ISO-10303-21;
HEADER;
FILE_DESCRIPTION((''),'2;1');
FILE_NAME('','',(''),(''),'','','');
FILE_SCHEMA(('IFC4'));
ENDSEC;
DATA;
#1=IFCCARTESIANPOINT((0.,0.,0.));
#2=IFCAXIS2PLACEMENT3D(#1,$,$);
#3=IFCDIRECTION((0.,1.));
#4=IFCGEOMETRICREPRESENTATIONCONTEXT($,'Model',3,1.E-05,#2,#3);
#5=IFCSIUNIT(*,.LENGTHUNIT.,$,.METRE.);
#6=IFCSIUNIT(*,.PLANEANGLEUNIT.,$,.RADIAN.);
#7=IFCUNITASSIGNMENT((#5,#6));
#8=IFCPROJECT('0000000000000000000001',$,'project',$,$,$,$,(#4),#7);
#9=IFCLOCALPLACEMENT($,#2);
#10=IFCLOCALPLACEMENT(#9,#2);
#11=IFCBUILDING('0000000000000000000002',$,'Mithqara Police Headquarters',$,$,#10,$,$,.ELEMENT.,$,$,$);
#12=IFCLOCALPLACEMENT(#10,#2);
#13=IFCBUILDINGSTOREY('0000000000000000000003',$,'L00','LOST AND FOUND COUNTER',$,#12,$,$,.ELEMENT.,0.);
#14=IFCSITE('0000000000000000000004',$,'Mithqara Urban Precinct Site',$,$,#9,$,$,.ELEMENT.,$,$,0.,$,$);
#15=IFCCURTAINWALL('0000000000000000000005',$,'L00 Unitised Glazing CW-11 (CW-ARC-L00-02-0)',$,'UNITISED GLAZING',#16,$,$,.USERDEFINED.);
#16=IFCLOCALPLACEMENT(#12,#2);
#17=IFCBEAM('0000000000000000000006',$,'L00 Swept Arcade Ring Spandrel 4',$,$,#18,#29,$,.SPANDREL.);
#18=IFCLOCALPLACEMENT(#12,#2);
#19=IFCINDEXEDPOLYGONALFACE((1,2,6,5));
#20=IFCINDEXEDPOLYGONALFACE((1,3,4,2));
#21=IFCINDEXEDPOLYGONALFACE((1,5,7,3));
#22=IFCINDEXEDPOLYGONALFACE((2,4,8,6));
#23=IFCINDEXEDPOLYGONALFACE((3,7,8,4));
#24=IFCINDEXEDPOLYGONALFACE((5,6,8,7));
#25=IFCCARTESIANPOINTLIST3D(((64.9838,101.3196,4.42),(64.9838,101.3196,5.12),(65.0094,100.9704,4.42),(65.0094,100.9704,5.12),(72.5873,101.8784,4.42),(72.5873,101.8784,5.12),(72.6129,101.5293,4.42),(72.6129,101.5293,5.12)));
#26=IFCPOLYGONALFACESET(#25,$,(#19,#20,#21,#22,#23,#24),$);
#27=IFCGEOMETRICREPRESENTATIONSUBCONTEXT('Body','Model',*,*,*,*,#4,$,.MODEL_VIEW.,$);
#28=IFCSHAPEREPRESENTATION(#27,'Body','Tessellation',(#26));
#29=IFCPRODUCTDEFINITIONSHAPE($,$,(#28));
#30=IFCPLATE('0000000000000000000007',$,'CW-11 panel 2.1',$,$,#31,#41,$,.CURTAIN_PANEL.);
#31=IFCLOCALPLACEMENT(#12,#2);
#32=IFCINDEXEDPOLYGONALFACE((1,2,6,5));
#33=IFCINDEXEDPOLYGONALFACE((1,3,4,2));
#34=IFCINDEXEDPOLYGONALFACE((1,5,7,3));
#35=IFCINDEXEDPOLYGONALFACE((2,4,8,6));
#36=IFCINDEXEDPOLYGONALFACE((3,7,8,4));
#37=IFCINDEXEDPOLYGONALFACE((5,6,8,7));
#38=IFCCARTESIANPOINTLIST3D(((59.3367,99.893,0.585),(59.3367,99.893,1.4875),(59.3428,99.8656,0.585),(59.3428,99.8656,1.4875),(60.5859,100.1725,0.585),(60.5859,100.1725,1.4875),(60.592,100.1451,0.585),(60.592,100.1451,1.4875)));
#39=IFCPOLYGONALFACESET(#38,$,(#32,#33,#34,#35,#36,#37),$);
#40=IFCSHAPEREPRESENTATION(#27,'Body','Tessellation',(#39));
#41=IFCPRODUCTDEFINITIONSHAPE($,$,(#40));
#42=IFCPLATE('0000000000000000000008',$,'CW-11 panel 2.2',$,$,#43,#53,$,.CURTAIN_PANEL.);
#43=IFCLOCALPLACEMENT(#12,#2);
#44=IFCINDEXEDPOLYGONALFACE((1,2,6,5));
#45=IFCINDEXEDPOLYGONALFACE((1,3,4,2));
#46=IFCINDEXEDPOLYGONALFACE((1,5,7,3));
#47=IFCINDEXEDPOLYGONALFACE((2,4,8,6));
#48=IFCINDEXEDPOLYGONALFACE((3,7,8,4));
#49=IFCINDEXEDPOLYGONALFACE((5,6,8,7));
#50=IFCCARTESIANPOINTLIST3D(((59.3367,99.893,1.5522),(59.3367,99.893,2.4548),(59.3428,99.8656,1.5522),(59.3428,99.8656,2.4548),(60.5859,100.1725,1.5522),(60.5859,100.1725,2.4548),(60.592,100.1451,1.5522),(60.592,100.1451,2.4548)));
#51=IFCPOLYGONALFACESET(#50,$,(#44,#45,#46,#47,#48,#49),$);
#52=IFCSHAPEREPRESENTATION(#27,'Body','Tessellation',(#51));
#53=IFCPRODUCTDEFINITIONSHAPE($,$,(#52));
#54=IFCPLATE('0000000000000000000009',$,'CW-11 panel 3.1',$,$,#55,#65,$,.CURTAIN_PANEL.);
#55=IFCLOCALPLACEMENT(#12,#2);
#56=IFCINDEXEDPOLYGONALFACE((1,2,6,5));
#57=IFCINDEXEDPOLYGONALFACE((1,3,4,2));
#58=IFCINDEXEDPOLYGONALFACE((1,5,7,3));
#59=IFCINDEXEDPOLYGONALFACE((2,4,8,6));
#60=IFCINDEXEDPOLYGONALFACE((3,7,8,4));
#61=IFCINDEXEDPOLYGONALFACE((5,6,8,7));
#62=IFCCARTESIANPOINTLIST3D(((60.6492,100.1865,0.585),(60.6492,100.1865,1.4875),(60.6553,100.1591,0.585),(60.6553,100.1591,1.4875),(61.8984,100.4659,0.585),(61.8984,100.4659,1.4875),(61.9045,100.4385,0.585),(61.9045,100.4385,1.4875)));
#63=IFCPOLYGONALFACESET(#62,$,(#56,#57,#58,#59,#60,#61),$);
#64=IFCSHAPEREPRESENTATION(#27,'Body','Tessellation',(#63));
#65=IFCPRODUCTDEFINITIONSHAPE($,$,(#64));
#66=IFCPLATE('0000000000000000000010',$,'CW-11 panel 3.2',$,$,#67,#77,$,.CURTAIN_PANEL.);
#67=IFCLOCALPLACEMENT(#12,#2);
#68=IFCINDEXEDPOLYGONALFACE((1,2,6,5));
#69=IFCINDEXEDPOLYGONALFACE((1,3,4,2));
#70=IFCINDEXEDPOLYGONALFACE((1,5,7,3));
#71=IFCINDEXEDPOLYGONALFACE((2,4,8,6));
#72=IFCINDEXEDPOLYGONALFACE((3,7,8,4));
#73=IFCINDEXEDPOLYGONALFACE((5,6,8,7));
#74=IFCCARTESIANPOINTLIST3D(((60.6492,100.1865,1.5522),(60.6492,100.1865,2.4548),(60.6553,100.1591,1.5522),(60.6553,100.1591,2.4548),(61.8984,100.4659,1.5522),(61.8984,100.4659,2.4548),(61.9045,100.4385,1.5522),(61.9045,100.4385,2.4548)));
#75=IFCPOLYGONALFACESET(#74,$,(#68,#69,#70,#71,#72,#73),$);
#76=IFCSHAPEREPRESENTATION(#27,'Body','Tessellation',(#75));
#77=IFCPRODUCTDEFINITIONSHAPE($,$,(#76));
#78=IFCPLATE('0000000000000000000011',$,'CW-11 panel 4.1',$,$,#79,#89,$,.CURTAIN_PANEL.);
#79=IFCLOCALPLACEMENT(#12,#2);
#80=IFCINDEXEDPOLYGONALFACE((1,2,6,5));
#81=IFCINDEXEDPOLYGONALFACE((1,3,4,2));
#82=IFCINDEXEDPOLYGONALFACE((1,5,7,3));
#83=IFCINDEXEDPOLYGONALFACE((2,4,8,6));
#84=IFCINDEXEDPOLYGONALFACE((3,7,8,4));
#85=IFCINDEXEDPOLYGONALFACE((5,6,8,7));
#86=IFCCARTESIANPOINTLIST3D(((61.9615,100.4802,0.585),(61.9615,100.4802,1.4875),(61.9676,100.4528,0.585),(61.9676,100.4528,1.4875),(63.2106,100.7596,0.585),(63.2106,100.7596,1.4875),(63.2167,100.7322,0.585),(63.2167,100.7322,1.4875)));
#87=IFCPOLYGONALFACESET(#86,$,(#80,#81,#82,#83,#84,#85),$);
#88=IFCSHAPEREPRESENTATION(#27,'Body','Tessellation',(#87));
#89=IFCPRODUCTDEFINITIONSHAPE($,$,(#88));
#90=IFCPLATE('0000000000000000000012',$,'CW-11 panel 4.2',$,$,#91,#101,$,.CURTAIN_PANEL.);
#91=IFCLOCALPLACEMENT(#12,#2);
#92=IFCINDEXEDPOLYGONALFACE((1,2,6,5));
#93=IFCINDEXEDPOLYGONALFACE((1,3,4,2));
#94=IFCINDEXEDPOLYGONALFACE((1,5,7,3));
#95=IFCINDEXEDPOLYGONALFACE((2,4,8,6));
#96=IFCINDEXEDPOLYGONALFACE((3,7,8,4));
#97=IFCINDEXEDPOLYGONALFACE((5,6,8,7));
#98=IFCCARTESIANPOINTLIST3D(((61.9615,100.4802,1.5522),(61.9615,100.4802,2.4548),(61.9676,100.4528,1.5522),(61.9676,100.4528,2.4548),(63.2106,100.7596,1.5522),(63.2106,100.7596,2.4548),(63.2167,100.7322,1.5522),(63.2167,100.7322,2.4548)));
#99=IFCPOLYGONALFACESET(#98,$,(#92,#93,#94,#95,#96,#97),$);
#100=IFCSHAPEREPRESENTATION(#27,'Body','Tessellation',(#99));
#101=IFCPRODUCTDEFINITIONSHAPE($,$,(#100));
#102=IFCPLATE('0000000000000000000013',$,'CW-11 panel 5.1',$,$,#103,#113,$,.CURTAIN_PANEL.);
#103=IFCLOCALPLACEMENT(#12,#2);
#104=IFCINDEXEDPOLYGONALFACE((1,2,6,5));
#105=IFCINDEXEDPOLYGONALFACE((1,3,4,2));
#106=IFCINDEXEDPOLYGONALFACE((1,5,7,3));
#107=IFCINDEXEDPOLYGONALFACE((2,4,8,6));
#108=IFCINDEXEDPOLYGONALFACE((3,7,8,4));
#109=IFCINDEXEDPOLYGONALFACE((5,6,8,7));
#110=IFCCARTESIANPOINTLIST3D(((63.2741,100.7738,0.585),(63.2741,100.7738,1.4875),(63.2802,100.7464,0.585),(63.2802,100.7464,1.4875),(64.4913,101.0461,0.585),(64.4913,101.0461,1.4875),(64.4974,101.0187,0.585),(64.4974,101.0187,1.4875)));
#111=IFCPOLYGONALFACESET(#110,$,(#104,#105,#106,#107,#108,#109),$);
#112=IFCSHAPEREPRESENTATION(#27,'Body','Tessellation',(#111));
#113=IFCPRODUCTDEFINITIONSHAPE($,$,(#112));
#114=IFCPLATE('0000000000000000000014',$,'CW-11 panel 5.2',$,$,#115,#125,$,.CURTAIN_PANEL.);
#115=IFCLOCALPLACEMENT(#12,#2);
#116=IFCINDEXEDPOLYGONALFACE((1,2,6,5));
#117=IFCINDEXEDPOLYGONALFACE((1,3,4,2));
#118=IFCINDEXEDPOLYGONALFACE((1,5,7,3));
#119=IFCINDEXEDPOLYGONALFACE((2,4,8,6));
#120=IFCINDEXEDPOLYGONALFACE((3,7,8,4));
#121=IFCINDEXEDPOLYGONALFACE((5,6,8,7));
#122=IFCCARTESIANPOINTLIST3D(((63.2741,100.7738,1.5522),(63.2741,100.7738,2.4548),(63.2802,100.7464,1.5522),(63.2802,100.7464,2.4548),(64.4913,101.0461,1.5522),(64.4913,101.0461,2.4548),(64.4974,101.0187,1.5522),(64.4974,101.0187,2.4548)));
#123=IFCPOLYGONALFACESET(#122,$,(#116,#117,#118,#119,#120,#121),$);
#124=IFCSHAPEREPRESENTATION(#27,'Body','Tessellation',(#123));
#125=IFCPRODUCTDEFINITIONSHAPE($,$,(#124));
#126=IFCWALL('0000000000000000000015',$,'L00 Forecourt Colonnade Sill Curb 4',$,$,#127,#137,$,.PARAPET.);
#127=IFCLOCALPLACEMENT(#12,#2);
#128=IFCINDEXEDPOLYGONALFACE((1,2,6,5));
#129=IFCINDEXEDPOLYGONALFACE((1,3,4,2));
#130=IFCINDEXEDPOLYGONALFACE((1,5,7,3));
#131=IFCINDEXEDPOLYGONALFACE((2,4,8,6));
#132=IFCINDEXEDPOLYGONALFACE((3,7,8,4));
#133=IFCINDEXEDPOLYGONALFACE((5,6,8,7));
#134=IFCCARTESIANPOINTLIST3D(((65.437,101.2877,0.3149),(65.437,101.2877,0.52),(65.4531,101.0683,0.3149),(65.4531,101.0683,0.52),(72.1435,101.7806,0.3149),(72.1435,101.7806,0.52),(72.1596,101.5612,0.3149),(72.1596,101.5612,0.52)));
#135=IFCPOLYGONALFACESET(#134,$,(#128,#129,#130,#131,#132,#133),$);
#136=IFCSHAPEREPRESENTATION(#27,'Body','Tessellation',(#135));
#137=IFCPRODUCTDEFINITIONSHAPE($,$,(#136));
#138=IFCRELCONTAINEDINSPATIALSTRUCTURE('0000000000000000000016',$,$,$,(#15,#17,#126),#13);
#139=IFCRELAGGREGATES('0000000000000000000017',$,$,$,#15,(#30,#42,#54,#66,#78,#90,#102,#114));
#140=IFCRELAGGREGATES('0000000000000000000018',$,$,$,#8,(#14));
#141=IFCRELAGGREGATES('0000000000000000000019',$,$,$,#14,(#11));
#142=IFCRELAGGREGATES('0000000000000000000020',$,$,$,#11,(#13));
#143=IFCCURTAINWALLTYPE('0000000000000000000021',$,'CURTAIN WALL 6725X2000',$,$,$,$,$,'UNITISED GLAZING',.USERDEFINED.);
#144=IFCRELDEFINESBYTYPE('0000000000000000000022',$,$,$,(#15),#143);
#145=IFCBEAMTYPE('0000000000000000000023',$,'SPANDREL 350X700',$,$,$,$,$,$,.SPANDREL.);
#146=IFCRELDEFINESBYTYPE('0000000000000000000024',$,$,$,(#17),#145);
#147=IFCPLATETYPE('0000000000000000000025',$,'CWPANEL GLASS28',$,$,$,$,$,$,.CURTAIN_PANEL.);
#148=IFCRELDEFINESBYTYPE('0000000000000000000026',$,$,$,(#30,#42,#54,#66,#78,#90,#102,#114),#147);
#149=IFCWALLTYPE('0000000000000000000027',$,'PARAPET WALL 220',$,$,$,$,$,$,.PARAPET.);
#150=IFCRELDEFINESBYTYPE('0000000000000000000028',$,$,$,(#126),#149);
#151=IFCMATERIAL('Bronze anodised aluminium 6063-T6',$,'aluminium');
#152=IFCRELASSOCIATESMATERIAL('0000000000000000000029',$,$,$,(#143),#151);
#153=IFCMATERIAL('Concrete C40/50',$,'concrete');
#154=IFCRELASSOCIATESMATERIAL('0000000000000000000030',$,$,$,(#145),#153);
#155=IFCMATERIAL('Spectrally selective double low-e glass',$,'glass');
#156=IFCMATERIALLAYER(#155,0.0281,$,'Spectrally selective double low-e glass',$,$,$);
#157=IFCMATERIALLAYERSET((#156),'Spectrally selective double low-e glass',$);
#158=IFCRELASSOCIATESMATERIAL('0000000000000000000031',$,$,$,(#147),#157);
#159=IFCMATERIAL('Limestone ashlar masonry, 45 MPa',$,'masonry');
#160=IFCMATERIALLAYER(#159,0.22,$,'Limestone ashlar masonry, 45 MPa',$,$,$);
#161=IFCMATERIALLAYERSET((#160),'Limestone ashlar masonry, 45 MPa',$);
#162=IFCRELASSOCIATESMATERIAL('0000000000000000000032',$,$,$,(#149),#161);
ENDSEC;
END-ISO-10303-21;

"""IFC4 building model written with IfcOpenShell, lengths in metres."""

from ifc_helpers import new_model, si_unit, direction, frame, frame_2d, origin, origin_2d, place, context, subcontext, project, spatial, rectangle, extrude, material, layer, layer_set, material_profile, profile_set, type_object, element, aggregate, save


model = new_model("IFC4")

# Units and contexts
model_context = context("Model", 3, precision=1e-05, world=origin(), true_north=direction((0.0, 1.0)))
body_context = subcontext(model_context, "Body", "Model", "MODEL_VIEW")
ifc_project = project(units=[si_unit("LENGTHUNIT", "METRE"), si_unit("PLANEANGLEUNIT", "RADIAN")], contexts=[model_context])

# Site, building, storey
site_placement = place(None, origin())
site = spatial("IfcSite", under=ifc_project, at=site_placement, Name="Mithqara Urban Precinct Site", CompositionType="ELEMENT", RefElevation=0.0)
building_placement = place(site_placement, origin())
building = spatial("IfcBuilding", under=site, at=building_placement, Name="Mithqara Police Headquarters", CompositionType="ELEMENT")
storey_placement = place(building_placement, origin())
storey = spatial("IfcBuildingStorey", under=building, at=storey_placement, Name="L00", Description="LOST AND FOUND COUNTER", CompositionType="ELEMENT", Elevation=0.0)

# Shared definitions
ifc_material_1 = material(Name="Concrete C40/50", Category="concrete")

# Curtain wall
ifc_material_2 = material(Name="Bronze anodised aluminium 6063-T6", Category="aluminium")
curtain_wall_type = type_object("IfcCurtainWallType", Name="CURTAIN WALL 6725X2000", ElementType="UNITISED GLAZING", PredefinedType="USERDEFINED", material=ifc_material_2)
curtain_wall_1_placement = place(storey_placement, origin())
curtain_wall_1 = element("IfcCurtainWall", 1, at=curtain_wall_1_placement, inside=storey, type_object=curtain_wall_type, Name="L00 Unitised Glazing CW-11 (CW-ARC-L00-02-0)", ObjectType="UNITISED GLAZING", PredefinedType="USERDEFINED")

# Beam
ifc_material_profile_1 = material_profile(ifc_material_1, rectangle(XDim=0.3501, YDim=0.7, at=origin_2d()), Name="SPB 350x700")
ifc_profile_set_1 = profile_set([ifc_material_profile_1], Name="Concrete C40/50")
beam_type_1 = type_object("IfcBeamType", Name="SPANDREL 350X700", PredefinedType="SPANDREL", material=ifc_profile_set_1)
beam_1_placement = place(storey_placement, frame((64.9966, 101.145, 4.77), z_axis=(0.99731, 0.0733, 0.0), x_axis=(-0.0733, 0.99731, 0.0)))
element("IfcBeam", 2, at=beam_1_placement, inside=storey, type_object=beam_type_1, Name="L00 Swept Arcade Ring Spandrel 4", PredefinedType="SPANDREL", context=body_context, shape_type="SweptSolid", body=[
    extrude(rectangle(XDim=0.3501, YDim=0.7, at=origin_2d()), origin(), (0.0, 0.0, 1.0), 7.624),
])

# Plates
ifc_material_3 = material(Name="Spectrally selective double low-e glass", Category="glass")
ifc_layer_1 = layer(ifc_material_3, 0.0281, Name="Spectrally selective double low-e glass")
ifc_layer_set_1 = layer_set([ifc_layer_1], Name="Spectrally selective double low-e glass")
plate_type = type_object("IfcPlateType", Name="CWPANEL GLASS28", PredefinedType="CURTAIN_PANEL", material=ifc_layer_set_1)
plate_1_placement = place(storey_placement, frame((59.9644, 100.019, 0.585), z_axis=(0.0, 0.0, 1.0), x_axis=(0.975874, 0.218335, 0.0)))
plate_1 = element("IfcPlate", 3, at=plate_1_placement, type_object=plate_type, Name="CW-11 panel 2.1", PredefinedType="CURTAIN_PANEL", context=body_context, shape_type="SweptSolid", body=[
    extrude(rectangle(XDim=1.28, YDim=0.0281, at=origin_2d()), origin(), (0.0, 0.0, 1.0), 0.9026),
])
plate_2_placement = place(storey_placement, frame((59.9644, 100.019, 1.5522), z_axis=(0.0, 0.0, 1.0), x_axis=(0.975874, 0.218335, 0.0)))
plate_2 = element("IfcPlate", 4, at=plate_2_placement, type_object=plate_type, Name="CW-11 panel 2.2", PredefinedType="CURTAIN_PANEL", context=body_context, shape_type="SweptSolid", body=[
    extrude(rectangle(XDim=1.28, YDim=0.0281, at=origin_2d()), origin(), (0.0, 0.0, 1.0), 0.9026),
])
plate_3_placement = place(storey_placement, frame((61.2769, 100.3125, 0.585), z_axis=(0.0, 0.0, 1.0), x_axis=(0.975874, 0.218335, 0.0)))
plate_3 = element("IfcPlate", 5, at=plate_3_placement, type_object=plate_type, Name="CW-11 panel 3.1", PredefinedType="CURTAIN_PANEL", context=body_context, shape_type="SweptSolid", body=[
    extrude(rectangle(XDim=1.28, YDim=0.0281, at=origin_2d()), origin(), (0.0, 0.0, 1.0), 0.9026),
])
plate_4_placement = place(storey_placement, frame((61.2769, 100.3125, 1.5522), z_axis=(0.0, 0.0, 1.0), x_axis=(0.975874, 0.218335, 0.0)))
plate_4 = element("IfcPlate", 6, at=plate_4_placement, type_object=plate_type, Name="CW-11 panel 3.2", PredefinedType="CURTAIN_PANEL", context=body_context, shape_type="SweptSolid", body=[
    extrude(rectangle(XDim=1.28, YDim=0.0281, at=origin_2d()), origin(), (0.0, 0.0, 1.0), 0.9026),
])
plate_5_placement = place(storey_placement, frame((62.5891, 100.6062, 0.585), z_axis=(0.0, 0.0, 1.0), x_axis=(0.975874, 0.218335, 0.0)))
plate_5 = element("IfcPlate", 7, at=plate_5_placement, type_object=plate_type, Name="CW-11 panel 4.1", PredefinedType="CURTAIN_PANEL", context=body_context, shape_type="SweptSolid", body=[
    extrude(rectangle(XDim=1.28, YDim=0.0281, at=origin_2d()), origin(), (0.0, 0.0, 1.0), 0.9026),
])
plate_6_placement = place(storey_placement, frame((62.5891, 100.6062, 1.5522), z_axis=(0.0, 0.0, 1.0), x_axis=(0.975874, 0.218335, 0.0)))
plate_6 = element("IfcPlate", 8, at=plate_6_placement, type_object=plate_type, Name="CW-11 panel 4.2", PredefinedType="CURTAIN_PANEL", context=body_context, shape_type="SweptSolid", body=[
    extrude(rectangle(XDim=1.28, YDim=0.0281, at=origin_2d()), origin(), (0.0, 0.0, 1.0), 0.9026),
])
plate_7_placement = place(storey_placement, frame((63.8857, 100.8962, 0.585), z_axis=(0.0, 0.0, 1.0), x_axis=(0.975874, 0.218335, 0.0)))
plate_7 = element("IfcPlate", 9, at=plate_7_placement, type_object=plate_type, Name="CW-11 panel 5.1", PredefinedType="CURTAIN_PANEL", context=body_context, shape_type="SweptSolid", body=[
    extrude(rectangle(XDim=1.2473, YDim=0.0281, at=origin_2d()), origin(), (0.0, 0.0, 1.0), 0.9026),
])
plate_8_placement = place(storey_placement, frame((63.8857, 100.8962, 1.5522), z_axis=(0.0, 0.0, 1.0), x_axis=(0.975874, 0.218335, 0.0)))
plate_8 = element("IfcPlate", 10, at=plate_8_placement, type_object=plate_type, Name="CW-11 panel 5.2", PredefinedType="CURTAIN_PANEL", context=body_context, shape_type="SweptSolid", body=[
    extrude(rectangle(XDim=1.2473, YDim=0.0281, at=origin_2d()), origin(), (0.0, 0.0, 1.0), 0.9026),
])
aggregate(curtain_wall_1, [plate_1, plate_2, plate_3, plate_4, plate_5, plate_6, plate_7, plate_8])

# Wall
ifc_material_4 = material(Name="Limestone ashlar masonry, 45 MPa", Category="masonry")
ifc_layer_2 = layer(ifc_material_4, 0.22, Name="Limestone ashlar masonry, 45 MPa")
ifc_layer_set_2 = layer_set([ifc_layer_2], Name="Limestone ashlar masonry, 45 MPa")
wall_type = type_object("IfcWallType", Name="PARAPET WALL 220", PredefinedType="PARAPET", material=ifc_layer_set_2)
wall_placement = place(storey_placement, frame((65.4451, 101.178, 0.3149), z_axis=(0.0, 0.0, 1.0), x_axis=(0.99731, 0.073301, 0.0)))
element("IfcWall", 11, at=wall_placement, inside=storey, type_object=wall_type, Name="L00 Forecourt Colonnade Sill Curb 4", PredefinedType="PARAPET", context=body_context, shape_type="SweptSolid", body=[
    extrude(rectangle(XDim=6.7246, YDim=0.22, at=frame_2d((3.3623, 0.0))), origin(), (0.0, 0.0, 1.0), 0.2051),
])

save(model, "model.ifc")
